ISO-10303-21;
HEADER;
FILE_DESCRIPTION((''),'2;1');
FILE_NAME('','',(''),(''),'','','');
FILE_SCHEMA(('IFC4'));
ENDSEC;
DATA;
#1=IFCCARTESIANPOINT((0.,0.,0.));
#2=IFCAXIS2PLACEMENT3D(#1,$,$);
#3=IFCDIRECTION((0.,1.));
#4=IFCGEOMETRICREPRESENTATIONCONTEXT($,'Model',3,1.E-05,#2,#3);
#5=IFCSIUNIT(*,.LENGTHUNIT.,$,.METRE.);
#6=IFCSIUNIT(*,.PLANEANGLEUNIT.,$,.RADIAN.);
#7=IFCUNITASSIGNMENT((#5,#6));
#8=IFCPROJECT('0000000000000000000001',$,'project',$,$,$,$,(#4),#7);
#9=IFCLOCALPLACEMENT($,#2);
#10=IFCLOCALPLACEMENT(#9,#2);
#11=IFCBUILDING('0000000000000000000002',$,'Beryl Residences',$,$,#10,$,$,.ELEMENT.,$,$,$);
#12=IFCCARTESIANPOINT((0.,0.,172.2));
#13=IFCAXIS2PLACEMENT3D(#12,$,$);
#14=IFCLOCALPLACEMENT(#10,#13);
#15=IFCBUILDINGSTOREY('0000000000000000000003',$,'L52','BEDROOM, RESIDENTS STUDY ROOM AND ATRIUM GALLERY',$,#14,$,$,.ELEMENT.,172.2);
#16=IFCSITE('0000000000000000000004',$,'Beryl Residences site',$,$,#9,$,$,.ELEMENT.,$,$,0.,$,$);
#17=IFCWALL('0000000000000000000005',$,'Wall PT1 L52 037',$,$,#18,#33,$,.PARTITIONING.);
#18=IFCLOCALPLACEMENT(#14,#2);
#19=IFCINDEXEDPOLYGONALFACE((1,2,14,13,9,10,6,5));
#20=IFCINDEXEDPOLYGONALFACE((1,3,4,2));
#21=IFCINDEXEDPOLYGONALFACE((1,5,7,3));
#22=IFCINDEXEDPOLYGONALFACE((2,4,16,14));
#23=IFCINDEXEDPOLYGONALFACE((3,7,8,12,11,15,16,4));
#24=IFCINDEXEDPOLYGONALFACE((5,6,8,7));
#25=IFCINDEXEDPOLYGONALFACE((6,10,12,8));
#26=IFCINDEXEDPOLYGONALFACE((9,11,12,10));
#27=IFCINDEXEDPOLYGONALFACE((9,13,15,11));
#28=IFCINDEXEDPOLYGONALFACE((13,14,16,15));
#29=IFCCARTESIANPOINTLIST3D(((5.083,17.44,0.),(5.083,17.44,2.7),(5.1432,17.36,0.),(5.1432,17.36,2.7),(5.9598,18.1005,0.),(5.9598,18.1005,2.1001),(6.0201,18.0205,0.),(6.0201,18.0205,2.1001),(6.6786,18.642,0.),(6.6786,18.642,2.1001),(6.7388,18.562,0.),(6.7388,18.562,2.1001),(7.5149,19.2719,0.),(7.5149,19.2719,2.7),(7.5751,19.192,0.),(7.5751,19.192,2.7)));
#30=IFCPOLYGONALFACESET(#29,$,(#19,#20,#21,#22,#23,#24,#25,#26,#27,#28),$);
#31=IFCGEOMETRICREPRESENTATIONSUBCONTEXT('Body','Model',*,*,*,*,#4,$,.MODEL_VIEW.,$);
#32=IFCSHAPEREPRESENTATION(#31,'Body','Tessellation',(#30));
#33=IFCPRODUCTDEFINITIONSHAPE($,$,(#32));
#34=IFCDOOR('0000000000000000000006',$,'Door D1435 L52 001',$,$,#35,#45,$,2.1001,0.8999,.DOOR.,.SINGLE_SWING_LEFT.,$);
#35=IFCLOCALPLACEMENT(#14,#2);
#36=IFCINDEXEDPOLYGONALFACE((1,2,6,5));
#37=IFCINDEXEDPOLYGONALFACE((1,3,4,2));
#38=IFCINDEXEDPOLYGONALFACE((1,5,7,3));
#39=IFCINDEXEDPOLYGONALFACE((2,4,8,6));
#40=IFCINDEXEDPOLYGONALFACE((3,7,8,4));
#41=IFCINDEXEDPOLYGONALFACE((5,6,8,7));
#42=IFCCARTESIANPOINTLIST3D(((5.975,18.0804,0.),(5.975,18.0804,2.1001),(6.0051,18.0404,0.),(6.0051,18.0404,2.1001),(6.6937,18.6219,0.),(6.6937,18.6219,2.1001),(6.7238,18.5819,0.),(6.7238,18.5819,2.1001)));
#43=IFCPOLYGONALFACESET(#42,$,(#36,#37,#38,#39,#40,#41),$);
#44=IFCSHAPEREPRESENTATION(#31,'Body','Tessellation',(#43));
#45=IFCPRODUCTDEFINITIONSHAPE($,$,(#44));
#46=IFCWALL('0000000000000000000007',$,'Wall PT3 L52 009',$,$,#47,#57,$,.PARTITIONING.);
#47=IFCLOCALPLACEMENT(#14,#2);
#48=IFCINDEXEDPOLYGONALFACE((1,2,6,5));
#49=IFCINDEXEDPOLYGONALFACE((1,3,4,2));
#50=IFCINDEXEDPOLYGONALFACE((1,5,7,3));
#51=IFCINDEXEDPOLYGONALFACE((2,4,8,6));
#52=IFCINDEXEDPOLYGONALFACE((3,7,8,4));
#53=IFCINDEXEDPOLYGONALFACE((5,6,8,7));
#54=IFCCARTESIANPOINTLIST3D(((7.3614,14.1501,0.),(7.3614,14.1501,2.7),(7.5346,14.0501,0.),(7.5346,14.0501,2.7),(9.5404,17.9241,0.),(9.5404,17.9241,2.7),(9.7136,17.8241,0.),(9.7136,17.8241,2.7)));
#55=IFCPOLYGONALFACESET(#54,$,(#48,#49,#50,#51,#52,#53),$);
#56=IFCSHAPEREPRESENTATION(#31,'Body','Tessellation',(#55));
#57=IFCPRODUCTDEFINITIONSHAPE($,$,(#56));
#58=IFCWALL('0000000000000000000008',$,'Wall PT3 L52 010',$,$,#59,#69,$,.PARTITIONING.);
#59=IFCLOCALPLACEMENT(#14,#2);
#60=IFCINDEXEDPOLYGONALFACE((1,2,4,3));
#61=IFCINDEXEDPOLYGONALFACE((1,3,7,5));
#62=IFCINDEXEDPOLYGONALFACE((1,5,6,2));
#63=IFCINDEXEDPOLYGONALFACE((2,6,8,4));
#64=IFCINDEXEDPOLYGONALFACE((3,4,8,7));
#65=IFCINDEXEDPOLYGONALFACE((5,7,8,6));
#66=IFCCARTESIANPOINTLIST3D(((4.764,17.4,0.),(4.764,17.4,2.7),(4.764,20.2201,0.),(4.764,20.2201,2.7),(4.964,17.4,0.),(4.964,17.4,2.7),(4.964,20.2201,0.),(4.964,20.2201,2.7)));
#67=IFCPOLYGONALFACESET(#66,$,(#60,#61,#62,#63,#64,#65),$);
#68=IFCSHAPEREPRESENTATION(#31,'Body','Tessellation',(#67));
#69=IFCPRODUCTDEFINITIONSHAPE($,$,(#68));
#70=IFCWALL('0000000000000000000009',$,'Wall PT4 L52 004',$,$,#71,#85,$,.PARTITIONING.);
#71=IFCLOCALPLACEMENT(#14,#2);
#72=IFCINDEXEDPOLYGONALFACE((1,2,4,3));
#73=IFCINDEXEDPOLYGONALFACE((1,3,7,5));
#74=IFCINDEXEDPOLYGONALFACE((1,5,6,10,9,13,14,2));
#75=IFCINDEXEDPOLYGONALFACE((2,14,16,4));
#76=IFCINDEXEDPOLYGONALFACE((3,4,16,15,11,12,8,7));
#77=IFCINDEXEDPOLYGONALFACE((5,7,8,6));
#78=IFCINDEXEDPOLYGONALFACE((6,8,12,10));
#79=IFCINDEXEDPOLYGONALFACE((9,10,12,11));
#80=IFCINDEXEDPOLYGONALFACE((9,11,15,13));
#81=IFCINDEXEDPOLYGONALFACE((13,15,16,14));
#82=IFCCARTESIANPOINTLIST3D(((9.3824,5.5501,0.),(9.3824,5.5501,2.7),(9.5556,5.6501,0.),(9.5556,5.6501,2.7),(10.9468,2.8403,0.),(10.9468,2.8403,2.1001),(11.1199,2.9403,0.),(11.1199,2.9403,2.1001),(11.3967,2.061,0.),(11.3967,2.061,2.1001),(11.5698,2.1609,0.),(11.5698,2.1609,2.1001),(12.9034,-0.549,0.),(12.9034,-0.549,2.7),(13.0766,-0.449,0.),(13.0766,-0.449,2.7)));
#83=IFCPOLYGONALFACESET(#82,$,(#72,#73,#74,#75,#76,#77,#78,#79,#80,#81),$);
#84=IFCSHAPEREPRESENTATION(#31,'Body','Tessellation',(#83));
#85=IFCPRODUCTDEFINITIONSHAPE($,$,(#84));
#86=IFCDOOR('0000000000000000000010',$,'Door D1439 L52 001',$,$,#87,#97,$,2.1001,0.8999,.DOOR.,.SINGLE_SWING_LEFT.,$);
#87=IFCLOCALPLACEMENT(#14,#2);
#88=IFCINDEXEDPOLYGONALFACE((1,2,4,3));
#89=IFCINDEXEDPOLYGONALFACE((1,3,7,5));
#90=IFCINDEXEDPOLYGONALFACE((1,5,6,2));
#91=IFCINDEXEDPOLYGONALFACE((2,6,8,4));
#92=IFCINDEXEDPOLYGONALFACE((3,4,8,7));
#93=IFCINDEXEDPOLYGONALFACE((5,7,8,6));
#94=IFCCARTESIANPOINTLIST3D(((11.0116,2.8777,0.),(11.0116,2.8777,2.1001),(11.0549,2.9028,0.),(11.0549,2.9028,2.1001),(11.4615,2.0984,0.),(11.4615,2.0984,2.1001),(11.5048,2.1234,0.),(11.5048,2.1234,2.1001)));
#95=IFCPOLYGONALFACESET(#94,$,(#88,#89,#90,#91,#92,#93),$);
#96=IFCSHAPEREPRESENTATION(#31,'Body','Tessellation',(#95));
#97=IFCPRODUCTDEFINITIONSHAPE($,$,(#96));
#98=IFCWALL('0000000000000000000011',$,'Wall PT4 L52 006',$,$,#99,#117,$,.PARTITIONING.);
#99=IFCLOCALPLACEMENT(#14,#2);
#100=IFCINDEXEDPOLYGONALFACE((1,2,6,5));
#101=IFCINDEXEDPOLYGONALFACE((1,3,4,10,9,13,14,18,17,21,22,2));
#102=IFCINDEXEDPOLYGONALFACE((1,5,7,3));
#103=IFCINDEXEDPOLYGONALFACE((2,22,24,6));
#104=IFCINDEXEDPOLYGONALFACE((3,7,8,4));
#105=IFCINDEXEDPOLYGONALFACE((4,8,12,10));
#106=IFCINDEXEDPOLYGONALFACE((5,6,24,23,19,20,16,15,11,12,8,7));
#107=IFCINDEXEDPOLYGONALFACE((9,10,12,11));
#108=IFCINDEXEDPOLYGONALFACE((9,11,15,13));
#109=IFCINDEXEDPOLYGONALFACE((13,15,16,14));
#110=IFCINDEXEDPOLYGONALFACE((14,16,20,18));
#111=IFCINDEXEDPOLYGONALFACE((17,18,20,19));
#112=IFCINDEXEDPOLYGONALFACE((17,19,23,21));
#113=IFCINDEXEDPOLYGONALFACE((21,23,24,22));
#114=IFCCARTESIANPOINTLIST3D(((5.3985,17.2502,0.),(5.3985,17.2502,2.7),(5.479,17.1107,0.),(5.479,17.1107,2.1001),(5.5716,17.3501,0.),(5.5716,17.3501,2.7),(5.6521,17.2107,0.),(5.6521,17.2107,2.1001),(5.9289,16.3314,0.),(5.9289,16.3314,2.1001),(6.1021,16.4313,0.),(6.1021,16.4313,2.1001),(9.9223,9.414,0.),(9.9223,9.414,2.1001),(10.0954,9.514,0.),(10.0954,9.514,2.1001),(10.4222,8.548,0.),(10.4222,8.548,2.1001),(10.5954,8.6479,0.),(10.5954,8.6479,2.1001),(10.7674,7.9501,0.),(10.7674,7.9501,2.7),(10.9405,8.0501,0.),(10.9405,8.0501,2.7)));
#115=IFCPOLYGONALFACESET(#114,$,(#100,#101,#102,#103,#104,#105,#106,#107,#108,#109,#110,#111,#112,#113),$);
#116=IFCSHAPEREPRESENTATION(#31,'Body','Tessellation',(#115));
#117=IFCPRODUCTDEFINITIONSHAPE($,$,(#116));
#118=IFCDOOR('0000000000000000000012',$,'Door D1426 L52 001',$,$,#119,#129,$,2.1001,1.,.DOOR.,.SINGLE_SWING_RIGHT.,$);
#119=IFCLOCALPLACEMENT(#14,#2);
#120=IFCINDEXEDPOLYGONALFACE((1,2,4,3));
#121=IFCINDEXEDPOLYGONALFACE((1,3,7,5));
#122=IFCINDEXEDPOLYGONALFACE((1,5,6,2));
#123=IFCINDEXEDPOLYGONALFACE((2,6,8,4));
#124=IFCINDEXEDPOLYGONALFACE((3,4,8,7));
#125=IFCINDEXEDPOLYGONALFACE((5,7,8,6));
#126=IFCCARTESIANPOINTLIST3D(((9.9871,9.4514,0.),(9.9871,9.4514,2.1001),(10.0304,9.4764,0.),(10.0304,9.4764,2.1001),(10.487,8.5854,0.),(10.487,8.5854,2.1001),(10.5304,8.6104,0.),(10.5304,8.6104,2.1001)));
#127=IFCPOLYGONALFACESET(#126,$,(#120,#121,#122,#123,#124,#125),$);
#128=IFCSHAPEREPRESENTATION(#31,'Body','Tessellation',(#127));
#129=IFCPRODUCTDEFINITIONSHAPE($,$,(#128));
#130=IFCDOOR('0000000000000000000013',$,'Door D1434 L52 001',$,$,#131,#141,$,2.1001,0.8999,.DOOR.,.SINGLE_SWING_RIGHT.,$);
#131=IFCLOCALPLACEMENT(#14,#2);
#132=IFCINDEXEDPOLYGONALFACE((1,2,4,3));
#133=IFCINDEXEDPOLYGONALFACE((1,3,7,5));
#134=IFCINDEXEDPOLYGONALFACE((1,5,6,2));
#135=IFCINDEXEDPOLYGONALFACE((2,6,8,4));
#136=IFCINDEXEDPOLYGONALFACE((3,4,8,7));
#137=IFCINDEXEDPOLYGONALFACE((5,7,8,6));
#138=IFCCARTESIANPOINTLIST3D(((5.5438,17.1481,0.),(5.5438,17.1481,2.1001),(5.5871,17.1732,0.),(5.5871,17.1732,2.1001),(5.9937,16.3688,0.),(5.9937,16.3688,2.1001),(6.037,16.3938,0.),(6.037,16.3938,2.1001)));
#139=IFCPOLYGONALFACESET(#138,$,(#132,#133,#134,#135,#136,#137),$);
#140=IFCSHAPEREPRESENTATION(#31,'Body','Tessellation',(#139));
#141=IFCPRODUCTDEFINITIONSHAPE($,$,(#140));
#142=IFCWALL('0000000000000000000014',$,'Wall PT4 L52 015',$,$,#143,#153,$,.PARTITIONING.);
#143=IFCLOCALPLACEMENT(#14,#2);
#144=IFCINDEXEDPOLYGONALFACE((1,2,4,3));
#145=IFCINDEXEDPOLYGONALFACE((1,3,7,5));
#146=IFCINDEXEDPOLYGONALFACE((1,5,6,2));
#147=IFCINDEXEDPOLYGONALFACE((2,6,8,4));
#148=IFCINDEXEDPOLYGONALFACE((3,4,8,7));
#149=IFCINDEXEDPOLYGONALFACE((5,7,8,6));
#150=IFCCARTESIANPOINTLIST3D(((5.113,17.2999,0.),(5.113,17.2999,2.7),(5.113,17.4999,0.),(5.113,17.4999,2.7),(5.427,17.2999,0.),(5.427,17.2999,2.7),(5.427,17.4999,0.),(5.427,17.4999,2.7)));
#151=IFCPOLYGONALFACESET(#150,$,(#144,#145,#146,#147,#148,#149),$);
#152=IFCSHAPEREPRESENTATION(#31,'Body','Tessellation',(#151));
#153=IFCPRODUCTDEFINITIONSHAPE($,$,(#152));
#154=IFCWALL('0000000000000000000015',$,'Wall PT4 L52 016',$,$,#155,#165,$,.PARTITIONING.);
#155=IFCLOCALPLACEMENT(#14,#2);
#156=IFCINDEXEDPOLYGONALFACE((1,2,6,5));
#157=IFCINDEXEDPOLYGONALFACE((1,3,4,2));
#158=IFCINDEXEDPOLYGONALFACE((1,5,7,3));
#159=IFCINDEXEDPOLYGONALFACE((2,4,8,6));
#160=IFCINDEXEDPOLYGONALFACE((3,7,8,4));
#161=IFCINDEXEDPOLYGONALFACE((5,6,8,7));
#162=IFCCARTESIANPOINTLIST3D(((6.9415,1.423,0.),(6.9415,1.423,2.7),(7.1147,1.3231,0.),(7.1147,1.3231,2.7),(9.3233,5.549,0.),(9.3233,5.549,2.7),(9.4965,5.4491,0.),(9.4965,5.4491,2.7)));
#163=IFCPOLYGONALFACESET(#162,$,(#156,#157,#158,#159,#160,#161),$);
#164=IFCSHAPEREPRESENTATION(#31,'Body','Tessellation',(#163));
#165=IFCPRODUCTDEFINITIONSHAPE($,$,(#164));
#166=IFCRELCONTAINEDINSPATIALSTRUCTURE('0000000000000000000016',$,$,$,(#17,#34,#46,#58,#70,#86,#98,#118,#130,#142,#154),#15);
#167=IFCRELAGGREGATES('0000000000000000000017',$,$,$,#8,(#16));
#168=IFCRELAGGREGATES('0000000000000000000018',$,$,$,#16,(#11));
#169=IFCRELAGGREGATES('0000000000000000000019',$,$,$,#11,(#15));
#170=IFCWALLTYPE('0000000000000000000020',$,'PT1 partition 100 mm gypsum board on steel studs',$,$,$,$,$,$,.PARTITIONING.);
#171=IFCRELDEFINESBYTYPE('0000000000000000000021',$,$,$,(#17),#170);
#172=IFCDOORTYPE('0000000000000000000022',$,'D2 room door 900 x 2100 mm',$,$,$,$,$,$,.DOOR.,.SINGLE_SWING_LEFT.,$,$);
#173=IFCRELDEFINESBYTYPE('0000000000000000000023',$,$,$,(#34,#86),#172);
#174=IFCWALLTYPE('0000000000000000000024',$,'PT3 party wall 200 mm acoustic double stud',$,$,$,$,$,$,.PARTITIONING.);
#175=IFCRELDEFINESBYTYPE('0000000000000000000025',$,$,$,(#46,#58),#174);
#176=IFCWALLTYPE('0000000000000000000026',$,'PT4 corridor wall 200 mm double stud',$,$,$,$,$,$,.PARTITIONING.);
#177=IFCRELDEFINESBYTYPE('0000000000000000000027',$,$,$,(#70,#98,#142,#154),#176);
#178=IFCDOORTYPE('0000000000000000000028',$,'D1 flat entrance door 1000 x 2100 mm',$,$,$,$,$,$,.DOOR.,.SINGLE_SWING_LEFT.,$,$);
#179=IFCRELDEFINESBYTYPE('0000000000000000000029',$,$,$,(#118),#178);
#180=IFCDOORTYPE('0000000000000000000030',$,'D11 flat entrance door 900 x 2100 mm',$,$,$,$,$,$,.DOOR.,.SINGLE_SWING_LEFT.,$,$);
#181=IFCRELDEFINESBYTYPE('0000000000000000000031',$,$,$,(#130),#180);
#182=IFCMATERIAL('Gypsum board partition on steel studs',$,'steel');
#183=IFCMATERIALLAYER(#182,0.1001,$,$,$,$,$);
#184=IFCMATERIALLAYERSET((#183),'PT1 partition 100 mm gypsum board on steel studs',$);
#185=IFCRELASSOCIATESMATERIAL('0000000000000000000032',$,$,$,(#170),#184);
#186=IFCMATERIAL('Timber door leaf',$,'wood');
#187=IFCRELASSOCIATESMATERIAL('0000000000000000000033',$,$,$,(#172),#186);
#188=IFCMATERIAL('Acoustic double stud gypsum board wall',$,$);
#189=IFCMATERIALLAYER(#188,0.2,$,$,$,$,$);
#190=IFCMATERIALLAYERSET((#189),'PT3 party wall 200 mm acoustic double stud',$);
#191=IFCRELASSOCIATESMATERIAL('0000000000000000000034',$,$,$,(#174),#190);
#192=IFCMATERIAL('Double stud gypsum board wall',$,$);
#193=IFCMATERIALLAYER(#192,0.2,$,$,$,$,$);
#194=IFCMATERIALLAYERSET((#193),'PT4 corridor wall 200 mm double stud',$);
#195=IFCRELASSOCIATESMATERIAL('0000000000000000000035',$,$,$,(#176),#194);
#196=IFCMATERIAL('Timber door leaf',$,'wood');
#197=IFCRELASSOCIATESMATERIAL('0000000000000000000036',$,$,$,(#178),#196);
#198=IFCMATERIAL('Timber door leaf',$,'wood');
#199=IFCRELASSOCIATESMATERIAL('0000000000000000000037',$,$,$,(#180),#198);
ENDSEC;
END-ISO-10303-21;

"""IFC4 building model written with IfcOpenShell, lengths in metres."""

from ifc_helpers import new_model, si_unit, direction, frame, frame_2d, origin, place, context, subcontext, project, spatial, rectangle, extrude, material, layer, layer_set, type_object, element, fill, save


model = new_model("IFC4")

# Units and contexts
model_context = context("Model", 3, precision=1e-05, world=origin(), true_north=direction((0.0, 1.0)))
body_context = subcontext(model_context, "Body", "Model", "MODEL_VIEW")
ifc_project = project(units=[si_unit("LENGTHUNIT", "METRE"), si_unit("PLANEANGLEUNIT", "RADIAN")], contexts=[model_context])

# Site, building, storey
site_placement = place(None, origin())
site = spatial("IfcSite", under=ifc_project, at=site_placement, Name="Beryl Residences site", CompositionType="ELEMENT", RefElevation=0.0)
building_placement = place(site_placement, origin())
building = spatial("IfcBuilding", under=site, at=building_placement, Name="Beryl Residences", CompositionType="ELEMENT")
storey_placement = place(building_placement, frame((0.0, 0.0, 172.2)))
storey = spatial("IfcBuildingStorey", under=building, at=storey_placement, Name="L52", Description="BEDROOM, RESIDENTS STUDY ROOM AND ATRIUM GALLERY", CompositionType="ELEMENT", Elevation=172.2)

# Wall, opening, door
ifc_material_1 = material(Name="Gypsum board partition on steel studs", Category="steel")
ifc_layer_1 = layer(ifc_material_1, 0.1001)
ifc_layer_set_1 = layer_set([ifc_layer_1], Name="PT1 partition 100 mm gypsum board on steel studs")
wall_type_1 = type_object("IfcWallType", Name="PT1 partition 100 mm gypsum board on steel studs", PredefinedType="PARTITIONING", material=ifc_layer_set_1)
ifc_material_2 = material(Name="Timber door leaf", Category="wood")
door_type_1 = type_object("IfcDoorType", Name="D2 room door 900 x 2100 mm", OperationType="SINGLE_SWING_LEFT", PredefinedType="DOOR", material=ifc_material_2)
wall_1_placement = place(storey_placement, frame((5.113, 17.3999, 0.0), z_axis=(0.0, 0.0, 1.0), x_axis=(0.798718, 0.601705, 0.0)))
wall_1 = element("IfcWall", 1, at=wall_1_placement, inside=storey, type_object=wall_type_1, Name="Wall PT1 L52 037", PredefinedType="PARTITIONING", context=body_context, shape_type="SweptSolid", body=[
    extrude(rectangle(XDim=3.0447, YDim=0.1001, at=frame_2d((1.5225, 0.0))), origin(), (0.0, 0.0, 1.0), 2.7),
])
opening_1_placement = place(wall_1_placement, frame((1.0979, 0.0, 0.0)))
opening_1 = element("IfcOpeningElement", 2, at=opening_1_placement, cuts=wall_1, PredefinedType="OPENING", context=body_context, shape_type="SweptSolid", body=[
    extrude(rectangle(XDim=0.8999, YDim=2.1001, at=frame_2d((0.45, 1.05))), frame((0.0, 0.0601, 0.0), z_axis=(0.0, -1.0, 0.0), x_axis=(1.0, 0.0, 0.0)), (0.0, 0.0, 1.0), 0.1201),
])
door_1_placement = place(opening_1_placement, origin())
door_1 = element("IfcDoor", 3, at=door_1_placement, inside=storey, type_object=door_type_1, Name="Door D1435 L52 001", OperationType="SINGLE_SWING_LEFT", OverallHeight=2.1001, OverallWidth=0.8999, PredefinedType="DOOR", context=body_context, shape_type="SweptSolid", body=[
    extrude(rectangle(XDim=0.8999, YDim=2.1001, at=frame_2d((0.45, 1.05))), frame((0.0, 0.0249, 0.0), z_axis=(0.0, -1.0, 0.0), x_axis=(1.0, 0.0, 0.0)), (0.0, 0.0, 1.0), 0.05),
])
fill(opening_1, door_1)

# Walls
ifc_material_3 = material(Name="Acoustic double stud gypsum board wall")
ifc_layer_2 = layer(ifc_material_3, 0.2)
ifc_layer_set_2 = layer_set([ifc_layer_2], Name="PT3 party wall 200 mm acoustic double stud")
wall_type_2 = type_object("IfcWallType", Name="PT3 party wall 200 mm acoustic double stud", PredefinedType="PARTITIONING", material=ifc_layer_set_2)
wall_2_placement = place(storey_placement, frame((7.448, 14.1001, 0.0), z_axis=(0.0, 0.0, 1.0), x_axis=(0.500013, 0.866018, 0.0)))
element("IfcWall", 4, at=wall_2_placement, inside=storey, type_object=wall_type_2, Name="Wall PT3 L52 009", PredefinedType="PARTITIONING", context=body_context, shape_type="SweptSolid", body=[
    extrude(rectangle(XDim=4.3579, YDim=0.2, at=frame_2d((2.179, 0.0))), origin(), (0.0, 0.0, 1.0), 2.7),
])
wall_3_placement = place(storey_placement, frame((4.864, 17.3999, 0.0), z_axis=(0.0, 0.0, 1.0), x_axis=(0.0, 1.0, 0.0)))
element("IfcWall", 5, at=wall_3_placement, inside=storey, type_object=wall_type_2, Name="Wall PT3 L52 010", PredefinedType="PARTITIONING", context=body_context, shape_type="SweptSolid", body=[
    extrude(rectangle(XDim=2.8201, YDim=0.2, at=frame_2d((1.4102, 0.0))), origin(), (0.0, 0.0, 1.0), 2.7),
])

# Wall, opening, door
ifc_material_4 = material(Name="Double stud gypsum board wall")
ifc_layer_3 = layer(ifc_material_4, 0.2)
ifc_layer_set_3 = layer_set([ifc_layer_3], Name="PT4 corridor wall 200 mm double stud")
wall_type_3 = type_object("IfcWallType", Name="PT4 corridor wall 200 mm double stud", PredefinedType="PARTITIONING", material=ifc_layer_set_3)
wall_4_placement = place(storey_placement, frame((9.469, 5.6001, 0.0), z_axis=(0.0, 0.0, 1.0), x_axis=(0.499965, -0.866046, 0.0)))
wall_4 = element("IfcWall", 6, at=wall_4_placement, inside=storey, type_object=wall_type_3, Name="Wall PT4 L52 004", PredefinedType="PARTITIONING", context=body_context, shape_type="SweptSolid", body=[
    extrude(rectangle(XDim=7.0425, YDim=0.2, at=frame_2d((3.5212, 0.0))), origin(), (0.0, 0.0, 1.0), 2.7),
])
opening_2_placement = place(wall_4_placement, frame((3.1289, 0.0, 0.0)))
opening_2 = element("IfcOpeningElement", 7, at=opening_2_placement, cuts=wall_4, PredefinedType="OPENING", context=body_context, shape_type="SweptSolid", body=[
    extrude(rectangle(XDim=0.8999, YDim=2.1001, at=frame_2d((0.45, 1.05))), frame((0.0, 0.1099, 0.0), z_axis=(0.0, -1.0, 0.0), x_axis=(1.0, 0.0, 0.0)), (0.0, 0.0, 1.0), 0.22),
])
door_2_placement = place(opening_2_placement, origin())
door_2 = element("IfcDoor", 8, at=door_2_placement, inside=storey, type_object=door_type_1, Name="Door D1439 L52 001", OperationType="SINGLE_SWING_LEFT", OverallHeight=2.1001, OverallWidth=0.8999, PredefinedType="DOOR", context=body_context, shape_type="SweptSolid", body=[
    extrude(rectangle(XDim=0.8999, YDim=2.1001, at=frame_2d((0.45, 1.05))), frame((0.0, 0.0249, 0.0), z_axis=(0.0, -1.0, 0.0), x_axis=(1.0, 0.0, 0.0)), (0.0, 0.0, 1.0), 0.05),
])
fill(opening_2, door_2)

# Wall, openings, doors
wall_5_placement = place(storey_placement, frame((5.4851, 17.3, 0.0), z_axis=(0.0, 0.0, 1.0), x_axis=(0.499966, -0.866045, 0.0)))
wall_5 = element("IfcWall", 9, at=wall_5_placement, inside=storey, type_object=wall_type_3, Name="Wall PT4 L52 006", PredefinedType="PARTITIONING", context=body_context, shape_type="SweptSolid", body=[
    extrude(rectangle(XDim=10.7385, YDim=0.2, at=frame_2d((5.3691, 0.0))), origin(), (0.0, 0.0, 1.0), 2.7),
])
opening_3_placement = place(wall_5_placement, frame((9.0481, 0.0, 0.0)))
opening_3 = element("IfcOpeningElement", 10, at=opening_3_placement, cuts=wall_5, PredefinedType="OPENING", context=body_context, shape_type="SweptSolid", body=[
    extrude(rectangle(XDim=1.0, YDim=2.1001, at=frame_2d((0.5, 1.05))), frame((0.0, 0.1099, 0.0), z_axis=(0.0, -1.0, 0.0), x_axis=(1.0, 0.0, 0.0)), (0.0, 0.0, 1.0), 0.22),
])
opening_4_placement = place(wall_5_placement, frame((0.1609, 0.0, 0.0)))
opening_4 = element("IfcOpeningElement", 11, at=opening_4_placement, cuts=wall_5, PredefinedType="OPENING", context=body_context, shape_type="SweptSolid", body=[
    extrude(rectangle(XDim=0.8999, YDim=2.1001, at=frame_2d((0.45, 1.05))), frame((0.0, 0.1099, 0.0), z_axis=(0.0, -1.0, 0.0), x_axis=(1.0, 0.0, 0.0)), (0.0, 0.0, 1.0), 0.22),
])
ifc_material_5 = material(Name="Timber door leaf", Category="wood")
door_type_2 = type_object("IfcDoorType", Name="D1 flat entrance door 1000 x 2100 mm", OperationType="SINGLE_SWING_LEFT", PredefinedType="DOOR", material=ifc_material_5)
door_3_placement = place(opening_3_placement, origin())
door_3 = element("IfcDoor", 12, at=door_3_placement, inside=storey, type_object=door_type_2, Name="Door D1426 L52 001", OperationType="SINGLE_SWING_RIGHT", OverallHeight=2.1001, OverallWidth=1.0, PredefinedType="DOOR", context=body_context, shape_type="SweptSolid", body=[
    extrude(rectangle(XDim=1.0, YDim=2.1001, at=frame_2d((0.5, 1.05))), frame((0.0, 0.0249, 0.0), z_axis=(0.0, -1.0, 0.0), x_axis=(1.0, 0.0, 0.0)), (0.0, 0.0, 1.0), 0.05),
])
fill(opening_3, door_3)
ifc_material_6 = material(Name="Timber door leaf", Category="wood")
door_type_3 = type_object("IfcDoorType", Name="D11 flat entrance door 900 x 2100 mm", OperationType="SINGLE_SWING_LEFT", PredefinedType="DOOR", material=ifc_material_6)
door_4_placement = place(opening_4_placement, origin())
door_4 = element("IfcDoor", 13, at=door_4_placement, inside=storey, type_object=door_type_3, Name="Door D1434 L52 001", OperationType="SINGLE_SWING_RIGHT", OverallHeight=2.1001, OverallWidth=0.8999, PredefinedType="DOOR", context=body_context, shape_type="SweptSolid", body=[
    extrude(rectangle(XDim=0.8999, YDim=2.1001, at=frame_2d((0.45, 1.05))), frame((0.0, 0.0249, 0.0), z_axis=(0.0, -1.0, 0.0), x_axis=(1.0, 0.0, 0.0)), (0.0, 0.0, 1.0), 0.05),
])
fill(opening_4, door_4)

# Walls
wall_6_placement = place(storey_placement, frame((5.113, 17.3999, 0.0), z_axis=(0.0, 0.0, 1.0), x_axis=(1.0, 0.0, 0.0)))
element("IfcWall", 14, at=wall_6_placement, inside=storey, type_object=wall_type_3, Name="Wall PT4 L52 015", PredefinedType="PARTITIONING", context=body_context, shape_type="SweptSolid", body=[
    extrude(rectangle(XDim=0.314, YDim=0.2, at=frame_2d((0.157, 0.0))), origin(), (0.0, 0.0, 1.0), 2.7),
])
wall_7_placement = place(storey_placement, frame((7.0281, 1.373, 0.0), z_axis=(0.0, 0.0, 1.0), x_axis=(0.499953, 0.866052, 0.0)))
element("IfcWall", 15, at=wall_7_placement, inside=storey, type_object=wall_type_3, Name="Wall PT4 L52 016", PredefinedType="PARTITIONING", context=body_context, shape_type="SweptSolid", body=[
    extrude(rectangle(XDim=4.7642, YDim=0.2, at=frame_2d((2.3821, 0.0))), origin(), (0.0, 0.0, 1.0), 2.7),
])

save(model, "model.ifc")
